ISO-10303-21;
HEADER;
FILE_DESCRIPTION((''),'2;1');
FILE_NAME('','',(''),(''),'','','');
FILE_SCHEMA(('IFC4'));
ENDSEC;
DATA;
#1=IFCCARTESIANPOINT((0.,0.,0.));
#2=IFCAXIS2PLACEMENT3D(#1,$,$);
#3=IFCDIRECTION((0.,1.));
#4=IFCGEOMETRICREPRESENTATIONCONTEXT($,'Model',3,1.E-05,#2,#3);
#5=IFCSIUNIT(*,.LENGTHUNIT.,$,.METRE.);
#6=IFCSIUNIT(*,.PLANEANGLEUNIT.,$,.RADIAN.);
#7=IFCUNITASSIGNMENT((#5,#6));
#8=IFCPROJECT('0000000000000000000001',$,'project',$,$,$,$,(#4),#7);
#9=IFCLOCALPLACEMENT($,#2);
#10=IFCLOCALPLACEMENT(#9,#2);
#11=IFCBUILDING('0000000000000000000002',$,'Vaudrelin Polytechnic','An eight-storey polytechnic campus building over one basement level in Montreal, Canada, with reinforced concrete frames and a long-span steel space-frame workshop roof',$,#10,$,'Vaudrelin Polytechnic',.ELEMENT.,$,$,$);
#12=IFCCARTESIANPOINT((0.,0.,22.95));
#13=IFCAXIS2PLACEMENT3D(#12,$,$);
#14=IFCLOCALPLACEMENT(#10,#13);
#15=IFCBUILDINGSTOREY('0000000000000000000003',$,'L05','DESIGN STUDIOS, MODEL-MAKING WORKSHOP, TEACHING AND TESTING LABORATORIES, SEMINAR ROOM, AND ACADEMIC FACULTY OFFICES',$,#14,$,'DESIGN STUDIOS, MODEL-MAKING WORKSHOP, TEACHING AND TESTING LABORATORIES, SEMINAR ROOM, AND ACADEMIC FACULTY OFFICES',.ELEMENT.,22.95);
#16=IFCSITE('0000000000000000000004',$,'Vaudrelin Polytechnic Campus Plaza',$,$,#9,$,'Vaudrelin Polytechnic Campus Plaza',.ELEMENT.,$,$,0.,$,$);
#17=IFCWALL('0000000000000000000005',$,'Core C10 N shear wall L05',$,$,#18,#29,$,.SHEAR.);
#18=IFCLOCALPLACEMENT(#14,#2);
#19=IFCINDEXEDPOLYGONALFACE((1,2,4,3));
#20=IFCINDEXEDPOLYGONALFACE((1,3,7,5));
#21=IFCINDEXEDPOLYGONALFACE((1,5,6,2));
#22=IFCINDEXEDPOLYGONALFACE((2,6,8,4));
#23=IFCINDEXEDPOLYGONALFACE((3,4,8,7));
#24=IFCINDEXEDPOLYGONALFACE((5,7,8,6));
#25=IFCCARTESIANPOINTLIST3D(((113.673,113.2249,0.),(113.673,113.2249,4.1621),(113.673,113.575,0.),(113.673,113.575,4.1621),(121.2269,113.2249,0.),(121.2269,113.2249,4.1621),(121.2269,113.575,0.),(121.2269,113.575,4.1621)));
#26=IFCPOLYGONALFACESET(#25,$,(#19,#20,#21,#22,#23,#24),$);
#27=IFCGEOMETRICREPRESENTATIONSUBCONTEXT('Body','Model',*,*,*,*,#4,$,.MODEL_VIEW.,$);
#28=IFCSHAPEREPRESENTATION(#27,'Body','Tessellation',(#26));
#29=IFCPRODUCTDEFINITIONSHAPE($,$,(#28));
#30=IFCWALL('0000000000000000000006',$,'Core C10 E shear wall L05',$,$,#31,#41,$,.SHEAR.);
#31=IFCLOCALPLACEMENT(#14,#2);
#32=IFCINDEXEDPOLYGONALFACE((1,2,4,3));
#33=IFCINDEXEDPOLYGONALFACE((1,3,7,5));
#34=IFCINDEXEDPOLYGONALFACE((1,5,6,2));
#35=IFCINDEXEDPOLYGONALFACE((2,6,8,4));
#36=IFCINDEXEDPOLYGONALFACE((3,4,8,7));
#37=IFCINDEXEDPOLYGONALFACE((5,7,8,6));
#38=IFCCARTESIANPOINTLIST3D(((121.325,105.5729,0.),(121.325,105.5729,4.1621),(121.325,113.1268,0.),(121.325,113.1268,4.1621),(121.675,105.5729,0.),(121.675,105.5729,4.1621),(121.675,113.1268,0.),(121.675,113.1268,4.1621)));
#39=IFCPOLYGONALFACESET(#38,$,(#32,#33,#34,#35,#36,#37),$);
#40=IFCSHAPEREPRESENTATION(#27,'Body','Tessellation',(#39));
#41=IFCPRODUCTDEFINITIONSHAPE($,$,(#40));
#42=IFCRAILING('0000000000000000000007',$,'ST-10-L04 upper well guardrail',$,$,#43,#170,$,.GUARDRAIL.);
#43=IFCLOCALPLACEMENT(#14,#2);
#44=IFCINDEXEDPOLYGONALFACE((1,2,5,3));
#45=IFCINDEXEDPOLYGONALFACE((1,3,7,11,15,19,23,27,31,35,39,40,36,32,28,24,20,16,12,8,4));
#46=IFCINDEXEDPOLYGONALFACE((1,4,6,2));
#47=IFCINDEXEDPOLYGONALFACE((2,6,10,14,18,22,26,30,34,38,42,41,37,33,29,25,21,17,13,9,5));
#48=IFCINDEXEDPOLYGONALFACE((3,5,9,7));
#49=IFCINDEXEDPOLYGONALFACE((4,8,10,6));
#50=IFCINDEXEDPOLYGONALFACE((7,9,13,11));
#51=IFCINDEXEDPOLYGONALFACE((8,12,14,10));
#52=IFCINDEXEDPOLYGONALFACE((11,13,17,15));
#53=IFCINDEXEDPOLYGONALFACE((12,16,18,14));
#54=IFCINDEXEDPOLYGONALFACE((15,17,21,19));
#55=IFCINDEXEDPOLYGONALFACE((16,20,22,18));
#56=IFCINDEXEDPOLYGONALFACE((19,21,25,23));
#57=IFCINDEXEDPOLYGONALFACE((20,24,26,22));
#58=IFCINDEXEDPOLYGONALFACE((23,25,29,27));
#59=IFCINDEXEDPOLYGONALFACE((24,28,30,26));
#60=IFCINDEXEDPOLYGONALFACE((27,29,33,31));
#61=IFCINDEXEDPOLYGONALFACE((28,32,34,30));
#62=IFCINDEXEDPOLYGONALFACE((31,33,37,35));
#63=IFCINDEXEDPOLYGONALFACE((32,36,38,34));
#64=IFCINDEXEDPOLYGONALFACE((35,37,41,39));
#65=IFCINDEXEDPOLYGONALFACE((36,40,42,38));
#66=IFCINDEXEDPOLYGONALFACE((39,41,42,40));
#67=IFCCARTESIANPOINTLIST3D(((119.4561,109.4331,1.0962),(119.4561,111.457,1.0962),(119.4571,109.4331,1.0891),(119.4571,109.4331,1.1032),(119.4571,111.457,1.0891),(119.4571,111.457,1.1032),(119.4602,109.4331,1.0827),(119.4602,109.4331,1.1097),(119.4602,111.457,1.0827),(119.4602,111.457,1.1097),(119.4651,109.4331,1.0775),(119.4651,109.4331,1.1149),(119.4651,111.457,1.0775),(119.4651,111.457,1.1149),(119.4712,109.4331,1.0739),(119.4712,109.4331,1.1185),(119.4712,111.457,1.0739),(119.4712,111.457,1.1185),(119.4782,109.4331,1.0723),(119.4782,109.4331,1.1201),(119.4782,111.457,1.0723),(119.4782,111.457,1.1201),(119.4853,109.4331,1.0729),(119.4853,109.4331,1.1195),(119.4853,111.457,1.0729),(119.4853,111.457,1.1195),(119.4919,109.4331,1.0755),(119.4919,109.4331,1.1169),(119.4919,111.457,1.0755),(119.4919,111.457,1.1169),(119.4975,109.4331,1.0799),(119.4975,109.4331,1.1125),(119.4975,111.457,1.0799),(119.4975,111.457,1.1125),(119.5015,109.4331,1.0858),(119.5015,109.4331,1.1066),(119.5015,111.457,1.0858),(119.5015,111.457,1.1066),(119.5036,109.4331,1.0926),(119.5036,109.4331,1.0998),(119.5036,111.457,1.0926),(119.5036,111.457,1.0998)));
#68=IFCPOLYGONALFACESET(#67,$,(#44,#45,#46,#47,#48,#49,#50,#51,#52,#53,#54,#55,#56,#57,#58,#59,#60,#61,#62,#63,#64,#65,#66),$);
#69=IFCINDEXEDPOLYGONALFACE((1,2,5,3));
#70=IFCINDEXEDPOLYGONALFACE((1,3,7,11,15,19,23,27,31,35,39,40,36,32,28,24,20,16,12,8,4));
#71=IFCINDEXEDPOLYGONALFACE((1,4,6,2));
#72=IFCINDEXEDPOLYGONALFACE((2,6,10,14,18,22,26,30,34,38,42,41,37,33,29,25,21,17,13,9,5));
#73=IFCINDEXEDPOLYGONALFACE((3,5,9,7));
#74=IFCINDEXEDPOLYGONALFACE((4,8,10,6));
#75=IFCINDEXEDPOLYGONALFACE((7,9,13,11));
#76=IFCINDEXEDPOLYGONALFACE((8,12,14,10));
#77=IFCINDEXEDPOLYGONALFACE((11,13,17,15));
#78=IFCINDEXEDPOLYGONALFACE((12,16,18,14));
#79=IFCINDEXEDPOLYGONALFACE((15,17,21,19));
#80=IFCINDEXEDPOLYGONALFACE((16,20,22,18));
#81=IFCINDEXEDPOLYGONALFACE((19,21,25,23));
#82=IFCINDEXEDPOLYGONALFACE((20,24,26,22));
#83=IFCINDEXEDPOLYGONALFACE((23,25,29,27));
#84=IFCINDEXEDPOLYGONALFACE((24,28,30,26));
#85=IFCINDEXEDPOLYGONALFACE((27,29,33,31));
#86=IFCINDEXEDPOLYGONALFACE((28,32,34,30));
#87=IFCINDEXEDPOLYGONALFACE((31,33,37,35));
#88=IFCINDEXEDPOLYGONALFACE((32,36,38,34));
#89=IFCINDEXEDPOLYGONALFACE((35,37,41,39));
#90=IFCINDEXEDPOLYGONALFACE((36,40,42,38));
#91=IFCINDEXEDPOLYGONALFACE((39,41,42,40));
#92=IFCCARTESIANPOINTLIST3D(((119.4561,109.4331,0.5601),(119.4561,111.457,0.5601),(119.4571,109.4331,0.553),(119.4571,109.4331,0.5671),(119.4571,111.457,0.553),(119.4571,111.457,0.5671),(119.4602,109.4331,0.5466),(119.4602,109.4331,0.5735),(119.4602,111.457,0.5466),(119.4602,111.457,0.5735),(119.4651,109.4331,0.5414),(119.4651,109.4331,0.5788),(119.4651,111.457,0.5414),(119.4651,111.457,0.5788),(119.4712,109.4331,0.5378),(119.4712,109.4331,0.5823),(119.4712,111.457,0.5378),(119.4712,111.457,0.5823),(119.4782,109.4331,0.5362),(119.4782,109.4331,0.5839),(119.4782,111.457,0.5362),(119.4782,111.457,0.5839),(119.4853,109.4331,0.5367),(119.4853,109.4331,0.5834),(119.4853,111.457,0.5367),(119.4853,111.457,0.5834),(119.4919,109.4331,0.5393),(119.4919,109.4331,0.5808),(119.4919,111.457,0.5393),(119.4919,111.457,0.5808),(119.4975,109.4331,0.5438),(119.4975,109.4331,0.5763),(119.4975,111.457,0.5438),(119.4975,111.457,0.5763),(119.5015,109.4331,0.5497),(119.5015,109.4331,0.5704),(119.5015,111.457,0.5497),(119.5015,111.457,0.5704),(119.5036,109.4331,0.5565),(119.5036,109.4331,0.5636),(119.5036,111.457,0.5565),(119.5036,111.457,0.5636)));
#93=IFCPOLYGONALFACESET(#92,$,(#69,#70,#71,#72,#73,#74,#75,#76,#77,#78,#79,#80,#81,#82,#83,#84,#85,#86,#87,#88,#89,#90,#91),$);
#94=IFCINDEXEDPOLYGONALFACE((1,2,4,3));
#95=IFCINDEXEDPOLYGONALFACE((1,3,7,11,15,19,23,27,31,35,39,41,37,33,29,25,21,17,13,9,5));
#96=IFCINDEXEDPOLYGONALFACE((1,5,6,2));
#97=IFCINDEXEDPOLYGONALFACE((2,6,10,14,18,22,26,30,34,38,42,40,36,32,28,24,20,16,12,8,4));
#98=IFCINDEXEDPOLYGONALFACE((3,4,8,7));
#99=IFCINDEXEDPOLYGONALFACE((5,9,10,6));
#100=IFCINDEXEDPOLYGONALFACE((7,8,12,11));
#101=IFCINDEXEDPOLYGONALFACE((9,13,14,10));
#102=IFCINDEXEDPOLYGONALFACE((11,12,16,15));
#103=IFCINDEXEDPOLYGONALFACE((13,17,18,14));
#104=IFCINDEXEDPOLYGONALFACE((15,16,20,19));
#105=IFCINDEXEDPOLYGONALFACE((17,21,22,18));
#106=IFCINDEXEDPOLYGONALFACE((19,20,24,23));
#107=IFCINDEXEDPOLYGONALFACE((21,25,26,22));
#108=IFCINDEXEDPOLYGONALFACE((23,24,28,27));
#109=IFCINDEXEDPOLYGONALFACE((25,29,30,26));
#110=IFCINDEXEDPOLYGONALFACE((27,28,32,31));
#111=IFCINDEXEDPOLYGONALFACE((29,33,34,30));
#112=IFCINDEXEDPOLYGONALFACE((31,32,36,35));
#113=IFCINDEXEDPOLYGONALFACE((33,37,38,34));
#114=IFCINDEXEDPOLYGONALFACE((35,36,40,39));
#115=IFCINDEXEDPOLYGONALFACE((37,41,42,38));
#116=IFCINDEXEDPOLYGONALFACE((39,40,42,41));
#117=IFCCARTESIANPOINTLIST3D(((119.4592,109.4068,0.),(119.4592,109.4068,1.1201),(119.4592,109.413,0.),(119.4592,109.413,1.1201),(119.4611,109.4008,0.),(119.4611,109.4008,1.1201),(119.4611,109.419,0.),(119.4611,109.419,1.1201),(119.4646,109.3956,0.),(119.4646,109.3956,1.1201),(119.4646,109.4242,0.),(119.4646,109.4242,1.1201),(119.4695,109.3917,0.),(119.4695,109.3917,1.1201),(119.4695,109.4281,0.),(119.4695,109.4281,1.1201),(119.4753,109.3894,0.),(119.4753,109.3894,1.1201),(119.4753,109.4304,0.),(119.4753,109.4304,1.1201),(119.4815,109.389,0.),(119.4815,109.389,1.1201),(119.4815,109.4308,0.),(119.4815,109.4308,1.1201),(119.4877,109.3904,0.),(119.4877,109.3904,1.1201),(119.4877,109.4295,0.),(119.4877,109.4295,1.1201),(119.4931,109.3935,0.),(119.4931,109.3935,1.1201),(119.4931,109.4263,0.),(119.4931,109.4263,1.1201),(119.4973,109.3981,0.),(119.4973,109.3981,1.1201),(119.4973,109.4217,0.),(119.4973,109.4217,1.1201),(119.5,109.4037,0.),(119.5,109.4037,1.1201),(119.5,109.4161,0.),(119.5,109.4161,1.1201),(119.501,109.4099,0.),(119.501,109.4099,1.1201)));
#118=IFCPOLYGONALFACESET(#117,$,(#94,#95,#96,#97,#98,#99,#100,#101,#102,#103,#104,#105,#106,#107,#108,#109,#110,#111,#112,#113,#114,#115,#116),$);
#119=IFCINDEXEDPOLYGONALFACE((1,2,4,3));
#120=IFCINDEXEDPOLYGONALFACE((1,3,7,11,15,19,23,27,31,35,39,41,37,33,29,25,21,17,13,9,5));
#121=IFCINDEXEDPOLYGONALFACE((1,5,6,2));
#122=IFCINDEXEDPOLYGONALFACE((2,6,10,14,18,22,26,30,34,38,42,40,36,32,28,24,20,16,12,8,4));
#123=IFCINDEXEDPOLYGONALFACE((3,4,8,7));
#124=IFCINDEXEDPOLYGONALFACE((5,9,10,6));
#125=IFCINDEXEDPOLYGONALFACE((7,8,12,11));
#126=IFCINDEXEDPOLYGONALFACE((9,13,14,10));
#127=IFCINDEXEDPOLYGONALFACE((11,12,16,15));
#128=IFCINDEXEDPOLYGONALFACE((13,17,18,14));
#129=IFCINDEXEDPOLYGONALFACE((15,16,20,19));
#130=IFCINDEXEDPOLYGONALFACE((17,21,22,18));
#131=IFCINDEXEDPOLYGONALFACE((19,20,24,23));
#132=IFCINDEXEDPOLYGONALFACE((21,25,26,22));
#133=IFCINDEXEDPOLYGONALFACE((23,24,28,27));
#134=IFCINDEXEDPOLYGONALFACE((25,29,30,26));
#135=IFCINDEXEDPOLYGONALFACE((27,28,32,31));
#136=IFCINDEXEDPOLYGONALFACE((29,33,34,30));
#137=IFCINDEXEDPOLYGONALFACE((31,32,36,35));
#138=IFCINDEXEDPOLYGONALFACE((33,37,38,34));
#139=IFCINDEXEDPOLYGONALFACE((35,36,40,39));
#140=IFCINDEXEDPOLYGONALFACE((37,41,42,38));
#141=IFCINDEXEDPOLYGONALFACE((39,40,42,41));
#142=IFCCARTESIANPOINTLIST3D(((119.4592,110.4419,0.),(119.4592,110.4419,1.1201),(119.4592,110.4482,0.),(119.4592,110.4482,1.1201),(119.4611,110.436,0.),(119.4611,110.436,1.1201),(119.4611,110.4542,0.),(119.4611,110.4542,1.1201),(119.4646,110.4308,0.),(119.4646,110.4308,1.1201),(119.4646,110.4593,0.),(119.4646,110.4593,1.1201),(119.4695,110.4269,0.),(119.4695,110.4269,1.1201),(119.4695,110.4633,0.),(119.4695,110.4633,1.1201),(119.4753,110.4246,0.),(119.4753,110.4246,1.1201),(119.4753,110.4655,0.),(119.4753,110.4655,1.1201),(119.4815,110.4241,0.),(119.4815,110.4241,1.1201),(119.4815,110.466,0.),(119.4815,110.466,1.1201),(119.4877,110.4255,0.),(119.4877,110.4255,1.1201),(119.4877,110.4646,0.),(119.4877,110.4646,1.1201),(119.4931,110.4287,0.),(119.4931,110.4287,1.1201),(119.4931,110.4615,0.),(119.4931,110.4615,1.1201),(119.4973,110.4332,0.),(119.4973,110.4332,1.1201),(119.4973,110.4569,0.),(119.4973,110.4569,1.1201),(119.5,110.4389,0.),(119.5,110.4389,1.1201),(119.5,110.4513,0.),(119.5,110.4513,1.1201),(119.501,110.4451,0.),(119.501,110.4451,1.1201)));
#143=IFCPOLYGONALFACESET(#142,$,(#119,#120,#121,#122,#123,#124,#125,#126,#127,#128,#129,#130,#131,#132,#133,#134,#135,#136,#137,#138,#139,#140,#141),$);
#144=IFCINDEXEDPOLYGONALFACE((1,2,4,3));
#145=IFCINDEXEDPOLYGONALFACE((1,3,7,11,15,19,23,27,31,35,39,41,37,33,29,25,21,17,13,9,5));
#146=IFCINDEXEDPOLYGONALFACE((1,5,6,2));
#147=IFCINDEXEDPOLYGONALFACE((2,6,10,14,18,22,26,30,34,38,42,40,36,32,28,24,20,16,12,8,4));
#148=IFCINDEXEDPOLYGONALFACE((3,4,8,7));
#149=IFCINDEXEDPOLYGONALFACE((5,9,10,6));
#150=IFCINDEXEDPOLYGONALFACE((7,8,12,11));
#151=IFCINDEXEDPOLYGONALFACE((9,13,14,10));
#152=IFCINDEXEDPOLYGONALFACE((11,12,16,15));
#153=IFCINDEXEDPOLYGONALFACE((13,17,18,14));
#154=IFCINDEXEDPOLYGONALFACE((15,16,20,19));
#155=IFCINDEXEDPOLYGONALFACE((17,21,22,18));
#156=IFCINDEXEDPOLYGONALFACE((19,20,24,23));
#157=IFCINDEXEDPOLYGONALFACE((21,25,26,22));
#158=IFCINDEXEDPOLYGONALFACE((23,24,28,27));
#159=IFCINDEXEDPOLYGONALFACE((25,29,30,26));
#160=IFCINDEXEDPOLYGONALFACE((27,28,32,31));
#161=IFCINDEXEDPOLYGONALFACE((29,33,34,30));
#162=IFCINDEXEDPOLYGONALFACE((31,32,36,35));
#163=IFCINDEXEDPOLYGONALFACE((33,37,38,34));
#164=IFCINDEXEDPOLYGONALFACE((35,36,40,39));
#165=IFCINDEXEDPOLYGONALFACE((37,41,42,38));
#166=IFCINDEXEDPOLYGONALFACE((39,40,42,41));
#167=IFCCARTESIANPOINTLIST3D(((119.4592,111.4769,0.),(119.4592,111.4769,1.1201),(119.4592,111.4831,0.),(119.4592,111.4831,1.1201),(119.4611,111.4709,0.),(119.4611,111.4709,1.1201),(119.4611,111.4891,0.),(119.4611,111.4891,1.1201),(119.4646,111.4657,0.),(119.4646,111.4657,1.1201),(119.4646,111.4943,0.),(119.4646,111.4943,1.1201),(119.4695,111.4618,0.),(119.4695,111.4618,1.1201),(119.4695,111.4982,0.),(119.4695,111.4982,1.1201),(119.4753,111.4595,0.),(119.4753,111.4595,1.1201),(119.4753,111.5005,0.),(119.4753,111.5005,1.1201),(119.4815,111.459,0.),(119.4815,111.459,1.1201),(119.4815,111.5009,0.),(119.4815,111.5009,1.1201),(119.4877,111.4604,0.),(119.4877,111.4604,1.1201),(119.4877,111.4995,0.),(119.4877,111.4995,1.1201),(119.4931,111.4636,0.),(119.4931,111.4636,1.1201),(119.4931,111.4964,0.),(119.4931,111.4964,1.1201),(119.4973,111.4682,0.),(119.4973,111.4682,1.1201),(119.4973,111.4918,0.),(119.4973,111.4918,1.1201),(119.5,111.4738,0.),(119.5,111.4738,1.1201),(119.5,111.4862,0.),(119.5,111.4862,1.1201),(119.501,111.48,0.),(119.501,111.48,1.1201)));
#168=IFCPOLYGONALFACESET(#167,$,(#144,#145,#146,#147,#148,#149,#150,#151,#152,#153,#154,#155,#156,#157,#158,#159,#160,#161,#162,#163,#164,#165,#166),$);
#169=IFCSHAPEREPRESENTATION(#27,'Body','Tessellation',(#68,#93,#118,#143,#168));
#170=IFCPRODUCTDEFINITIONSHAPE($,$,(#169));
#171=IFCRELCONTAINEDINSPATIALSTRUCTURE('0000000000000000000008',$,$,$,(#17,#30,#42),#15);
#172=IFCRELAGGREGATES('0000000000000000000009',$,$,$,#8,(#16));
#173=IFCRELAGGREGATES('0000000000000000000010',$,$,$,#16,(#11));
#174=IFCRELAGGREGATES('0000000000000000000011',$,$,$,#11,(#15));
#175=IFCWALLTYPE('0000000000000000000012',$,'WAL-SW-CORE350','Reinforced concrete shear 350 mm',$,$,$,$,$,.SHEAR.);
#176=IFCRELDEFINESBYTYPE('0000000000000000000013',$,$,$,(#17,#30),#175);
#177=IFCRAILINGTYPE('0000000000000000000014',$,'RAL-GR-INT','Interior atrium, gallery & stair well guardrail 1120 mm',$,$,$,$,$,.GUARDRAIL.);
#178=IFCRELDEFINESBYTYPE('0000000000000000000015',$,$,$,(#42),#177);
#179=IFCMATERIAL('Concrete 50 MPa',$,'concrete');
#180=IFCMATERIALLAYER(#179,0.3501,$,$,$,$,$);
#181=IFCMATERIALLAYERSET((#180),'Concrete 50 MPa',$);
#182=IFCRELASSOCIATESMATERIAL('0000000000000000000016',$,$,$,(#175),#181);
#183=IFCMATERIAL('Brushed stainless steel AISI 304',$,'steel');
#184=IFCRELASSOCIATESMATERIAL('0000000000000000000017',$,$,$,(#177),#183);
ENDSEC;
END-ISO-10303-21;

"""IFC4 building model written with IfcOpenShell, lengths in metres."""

from ifc_helpers import new_model, si_unit, direction, frame, frame_2d, origin, origin_2d, place, context, subcontext, project, spatial, rectangle, circle, extrude, material, layer, layer_set, type_object, element, save


model = new_model("IFC4")

# Units and contexts
model_context = context("Model", 3, precision=1e-05, world=origin(), true_north=direction((0.0, 1.0)))
body_context = subcontext(model_context, "Body", "Model", "MODEL_VIEW")
ifc_project = project(units=[si_unit("LENGTHUNIT", "METRE"), si_unit("PLANEANGLEUNIT", "RADIAN")], contexts=[model_context])

# Site, building, storey
site_placement = place(None, origin())
site = spatial("IfcSite", under=ifc_project, at=site_placement, Name="Vaudrelin Polytechnic Campus Plaza", LongName="Vaudrelin Polytechnic Campus Plaza", CompositionType="ELEMENT", RefElevation=0.0)
building_placement = place(site_placement, origin())
building = spatial("IfcBuilding", under=site, at=building_placement, Name="Vaudrelin Polytechnic", Description="An eight-storey polytechnic campus building over one basement level in Montreal, Canada, with reinforced concrete frames and a long-span steel space-frame workshop roof", LongName="Vaudrelin Polytechnic", CompositionType="ELEMENT")
storey_placement = place(building_placement, frame((0.0, 0.0, 22.95)))
storey = spatial("IfcBuildingStorey", under=building, at=storey_placement, Name="L05", Description="DESIGN STUDIOS, MODEL-MAKING WORKSHOP, TEACHING AND TESTING LABORATORIES, SEMINAR ROOM, AND ACADEMIC FACULTY OFFICES", LongName="DESIGN STUDIOS, MODEL-MAKING WORKSHOP, TEACHING AND TESTING LABORATORIES, SEMINAR ROOM, AND ACADEMIC FACULTY OFFICES", CompositionType="ELEMENT", Elevation=22.95)

# Shared definitions
ifc_material_1 = material(Name="Concrete 50 MPa", Category="concrete")

# Walls
ifc_layer_1 = layer(ifc_material_1, 0.3501)
ifc_layer_set_1 = layer_set([ifc_layer_1], Name="Concrete 50 MPa")
wall_type_1 = type_object("IfcWallType", Name="WAL-SW-CORE350", Description="Reinforced concrete shear 350 mm", PredefinedType="SHEAR", material=ifc_layer_set_1)
for number, where, z_axis, x_axis, name in (
    (1, (113.6731, 113.3999, 0.0), (0.0, 0.0, 1.0), (1.0, 0.0, 0.0), "Core C10 N shear wall L05"),
    (2, (121.5, 105.573, 0.0), (0.0, 0.0, 1.0), (0.0, 1.0, 0.0), "Core C10 E shear wall L05"),
):
    element("IfcWall", number, at=place(storey_placement, frame(where, z_axis=z_axis, x_axis=x_axis)), inside=storey, type_object=wall_type_1, Name=name, PredefinedType="SHEAR", context=body_context, shape_type="SweptSolid", body=[
        extrude(rectangle(XDim=7.554, YDim=0.3501, at=frame_2d((3.7769, 0.0))), origin(), (0.0, 0.0, 1.0), 4.1621),
    ])

# Railing
ifc_material_2 = material(Name="Brushed stainless steel AISI 304", Category="steel")
railing_type = type_object("IfcRailingType", Name="RAL-GR-INT", Description="Interior atrium, gallery & stair well guardrail 1120 mm", PredefinedType="GUARDRAIL", material=ifc_material_2)
railing_placement = place(storey_placement, frame((119.48, 109.4099, 0.0)))
element("IfcRailing", 3, at=railing_placement, inside=storey, type_object=railing_type, Name="ST-10-L04 upper well guardrail", PredefinedType="GUARDRAIL", context=body_context, shape_type="SweptSolid", body=[
    extrude(circle(Radius=0.0239, at=origin_2d()), frame((0.0, 0.0232, 1.0962), z_axis=(0.0, 1.0, 0.0), x_axis=(-1.0, 0.0, 0.0)), (0.0, 0.0, 1.0), 2.0239),
    extrude(circle(Radius=0.0239, at=origin_2d()), frame((0.0, 0.0232, 0.5601), z_axis=(0.0, 1.0, 0.0), x_axis=(-1.0, 0.0, 0.0)), (0.0, 0.0, 1.0), 2.0239),
    extrude(circle(Radius=0.021, at=origin_2d()), origin(), (0.0, 0.0, 1.0), 1.1201),
    extrude(circle(Radius=0.021, at=origin_2d()), frame((0.0, 1.0352, 0.0)), (0.0, 0.0, 1.0), 1.1201),
    extrude(circle(Radius=0.021, at=origin_2d()), frame((0.0, 2.0701, 0.0)), (0.0, 0.0, 1.0), 1.1201),
])

save(model, "model.ifc")
